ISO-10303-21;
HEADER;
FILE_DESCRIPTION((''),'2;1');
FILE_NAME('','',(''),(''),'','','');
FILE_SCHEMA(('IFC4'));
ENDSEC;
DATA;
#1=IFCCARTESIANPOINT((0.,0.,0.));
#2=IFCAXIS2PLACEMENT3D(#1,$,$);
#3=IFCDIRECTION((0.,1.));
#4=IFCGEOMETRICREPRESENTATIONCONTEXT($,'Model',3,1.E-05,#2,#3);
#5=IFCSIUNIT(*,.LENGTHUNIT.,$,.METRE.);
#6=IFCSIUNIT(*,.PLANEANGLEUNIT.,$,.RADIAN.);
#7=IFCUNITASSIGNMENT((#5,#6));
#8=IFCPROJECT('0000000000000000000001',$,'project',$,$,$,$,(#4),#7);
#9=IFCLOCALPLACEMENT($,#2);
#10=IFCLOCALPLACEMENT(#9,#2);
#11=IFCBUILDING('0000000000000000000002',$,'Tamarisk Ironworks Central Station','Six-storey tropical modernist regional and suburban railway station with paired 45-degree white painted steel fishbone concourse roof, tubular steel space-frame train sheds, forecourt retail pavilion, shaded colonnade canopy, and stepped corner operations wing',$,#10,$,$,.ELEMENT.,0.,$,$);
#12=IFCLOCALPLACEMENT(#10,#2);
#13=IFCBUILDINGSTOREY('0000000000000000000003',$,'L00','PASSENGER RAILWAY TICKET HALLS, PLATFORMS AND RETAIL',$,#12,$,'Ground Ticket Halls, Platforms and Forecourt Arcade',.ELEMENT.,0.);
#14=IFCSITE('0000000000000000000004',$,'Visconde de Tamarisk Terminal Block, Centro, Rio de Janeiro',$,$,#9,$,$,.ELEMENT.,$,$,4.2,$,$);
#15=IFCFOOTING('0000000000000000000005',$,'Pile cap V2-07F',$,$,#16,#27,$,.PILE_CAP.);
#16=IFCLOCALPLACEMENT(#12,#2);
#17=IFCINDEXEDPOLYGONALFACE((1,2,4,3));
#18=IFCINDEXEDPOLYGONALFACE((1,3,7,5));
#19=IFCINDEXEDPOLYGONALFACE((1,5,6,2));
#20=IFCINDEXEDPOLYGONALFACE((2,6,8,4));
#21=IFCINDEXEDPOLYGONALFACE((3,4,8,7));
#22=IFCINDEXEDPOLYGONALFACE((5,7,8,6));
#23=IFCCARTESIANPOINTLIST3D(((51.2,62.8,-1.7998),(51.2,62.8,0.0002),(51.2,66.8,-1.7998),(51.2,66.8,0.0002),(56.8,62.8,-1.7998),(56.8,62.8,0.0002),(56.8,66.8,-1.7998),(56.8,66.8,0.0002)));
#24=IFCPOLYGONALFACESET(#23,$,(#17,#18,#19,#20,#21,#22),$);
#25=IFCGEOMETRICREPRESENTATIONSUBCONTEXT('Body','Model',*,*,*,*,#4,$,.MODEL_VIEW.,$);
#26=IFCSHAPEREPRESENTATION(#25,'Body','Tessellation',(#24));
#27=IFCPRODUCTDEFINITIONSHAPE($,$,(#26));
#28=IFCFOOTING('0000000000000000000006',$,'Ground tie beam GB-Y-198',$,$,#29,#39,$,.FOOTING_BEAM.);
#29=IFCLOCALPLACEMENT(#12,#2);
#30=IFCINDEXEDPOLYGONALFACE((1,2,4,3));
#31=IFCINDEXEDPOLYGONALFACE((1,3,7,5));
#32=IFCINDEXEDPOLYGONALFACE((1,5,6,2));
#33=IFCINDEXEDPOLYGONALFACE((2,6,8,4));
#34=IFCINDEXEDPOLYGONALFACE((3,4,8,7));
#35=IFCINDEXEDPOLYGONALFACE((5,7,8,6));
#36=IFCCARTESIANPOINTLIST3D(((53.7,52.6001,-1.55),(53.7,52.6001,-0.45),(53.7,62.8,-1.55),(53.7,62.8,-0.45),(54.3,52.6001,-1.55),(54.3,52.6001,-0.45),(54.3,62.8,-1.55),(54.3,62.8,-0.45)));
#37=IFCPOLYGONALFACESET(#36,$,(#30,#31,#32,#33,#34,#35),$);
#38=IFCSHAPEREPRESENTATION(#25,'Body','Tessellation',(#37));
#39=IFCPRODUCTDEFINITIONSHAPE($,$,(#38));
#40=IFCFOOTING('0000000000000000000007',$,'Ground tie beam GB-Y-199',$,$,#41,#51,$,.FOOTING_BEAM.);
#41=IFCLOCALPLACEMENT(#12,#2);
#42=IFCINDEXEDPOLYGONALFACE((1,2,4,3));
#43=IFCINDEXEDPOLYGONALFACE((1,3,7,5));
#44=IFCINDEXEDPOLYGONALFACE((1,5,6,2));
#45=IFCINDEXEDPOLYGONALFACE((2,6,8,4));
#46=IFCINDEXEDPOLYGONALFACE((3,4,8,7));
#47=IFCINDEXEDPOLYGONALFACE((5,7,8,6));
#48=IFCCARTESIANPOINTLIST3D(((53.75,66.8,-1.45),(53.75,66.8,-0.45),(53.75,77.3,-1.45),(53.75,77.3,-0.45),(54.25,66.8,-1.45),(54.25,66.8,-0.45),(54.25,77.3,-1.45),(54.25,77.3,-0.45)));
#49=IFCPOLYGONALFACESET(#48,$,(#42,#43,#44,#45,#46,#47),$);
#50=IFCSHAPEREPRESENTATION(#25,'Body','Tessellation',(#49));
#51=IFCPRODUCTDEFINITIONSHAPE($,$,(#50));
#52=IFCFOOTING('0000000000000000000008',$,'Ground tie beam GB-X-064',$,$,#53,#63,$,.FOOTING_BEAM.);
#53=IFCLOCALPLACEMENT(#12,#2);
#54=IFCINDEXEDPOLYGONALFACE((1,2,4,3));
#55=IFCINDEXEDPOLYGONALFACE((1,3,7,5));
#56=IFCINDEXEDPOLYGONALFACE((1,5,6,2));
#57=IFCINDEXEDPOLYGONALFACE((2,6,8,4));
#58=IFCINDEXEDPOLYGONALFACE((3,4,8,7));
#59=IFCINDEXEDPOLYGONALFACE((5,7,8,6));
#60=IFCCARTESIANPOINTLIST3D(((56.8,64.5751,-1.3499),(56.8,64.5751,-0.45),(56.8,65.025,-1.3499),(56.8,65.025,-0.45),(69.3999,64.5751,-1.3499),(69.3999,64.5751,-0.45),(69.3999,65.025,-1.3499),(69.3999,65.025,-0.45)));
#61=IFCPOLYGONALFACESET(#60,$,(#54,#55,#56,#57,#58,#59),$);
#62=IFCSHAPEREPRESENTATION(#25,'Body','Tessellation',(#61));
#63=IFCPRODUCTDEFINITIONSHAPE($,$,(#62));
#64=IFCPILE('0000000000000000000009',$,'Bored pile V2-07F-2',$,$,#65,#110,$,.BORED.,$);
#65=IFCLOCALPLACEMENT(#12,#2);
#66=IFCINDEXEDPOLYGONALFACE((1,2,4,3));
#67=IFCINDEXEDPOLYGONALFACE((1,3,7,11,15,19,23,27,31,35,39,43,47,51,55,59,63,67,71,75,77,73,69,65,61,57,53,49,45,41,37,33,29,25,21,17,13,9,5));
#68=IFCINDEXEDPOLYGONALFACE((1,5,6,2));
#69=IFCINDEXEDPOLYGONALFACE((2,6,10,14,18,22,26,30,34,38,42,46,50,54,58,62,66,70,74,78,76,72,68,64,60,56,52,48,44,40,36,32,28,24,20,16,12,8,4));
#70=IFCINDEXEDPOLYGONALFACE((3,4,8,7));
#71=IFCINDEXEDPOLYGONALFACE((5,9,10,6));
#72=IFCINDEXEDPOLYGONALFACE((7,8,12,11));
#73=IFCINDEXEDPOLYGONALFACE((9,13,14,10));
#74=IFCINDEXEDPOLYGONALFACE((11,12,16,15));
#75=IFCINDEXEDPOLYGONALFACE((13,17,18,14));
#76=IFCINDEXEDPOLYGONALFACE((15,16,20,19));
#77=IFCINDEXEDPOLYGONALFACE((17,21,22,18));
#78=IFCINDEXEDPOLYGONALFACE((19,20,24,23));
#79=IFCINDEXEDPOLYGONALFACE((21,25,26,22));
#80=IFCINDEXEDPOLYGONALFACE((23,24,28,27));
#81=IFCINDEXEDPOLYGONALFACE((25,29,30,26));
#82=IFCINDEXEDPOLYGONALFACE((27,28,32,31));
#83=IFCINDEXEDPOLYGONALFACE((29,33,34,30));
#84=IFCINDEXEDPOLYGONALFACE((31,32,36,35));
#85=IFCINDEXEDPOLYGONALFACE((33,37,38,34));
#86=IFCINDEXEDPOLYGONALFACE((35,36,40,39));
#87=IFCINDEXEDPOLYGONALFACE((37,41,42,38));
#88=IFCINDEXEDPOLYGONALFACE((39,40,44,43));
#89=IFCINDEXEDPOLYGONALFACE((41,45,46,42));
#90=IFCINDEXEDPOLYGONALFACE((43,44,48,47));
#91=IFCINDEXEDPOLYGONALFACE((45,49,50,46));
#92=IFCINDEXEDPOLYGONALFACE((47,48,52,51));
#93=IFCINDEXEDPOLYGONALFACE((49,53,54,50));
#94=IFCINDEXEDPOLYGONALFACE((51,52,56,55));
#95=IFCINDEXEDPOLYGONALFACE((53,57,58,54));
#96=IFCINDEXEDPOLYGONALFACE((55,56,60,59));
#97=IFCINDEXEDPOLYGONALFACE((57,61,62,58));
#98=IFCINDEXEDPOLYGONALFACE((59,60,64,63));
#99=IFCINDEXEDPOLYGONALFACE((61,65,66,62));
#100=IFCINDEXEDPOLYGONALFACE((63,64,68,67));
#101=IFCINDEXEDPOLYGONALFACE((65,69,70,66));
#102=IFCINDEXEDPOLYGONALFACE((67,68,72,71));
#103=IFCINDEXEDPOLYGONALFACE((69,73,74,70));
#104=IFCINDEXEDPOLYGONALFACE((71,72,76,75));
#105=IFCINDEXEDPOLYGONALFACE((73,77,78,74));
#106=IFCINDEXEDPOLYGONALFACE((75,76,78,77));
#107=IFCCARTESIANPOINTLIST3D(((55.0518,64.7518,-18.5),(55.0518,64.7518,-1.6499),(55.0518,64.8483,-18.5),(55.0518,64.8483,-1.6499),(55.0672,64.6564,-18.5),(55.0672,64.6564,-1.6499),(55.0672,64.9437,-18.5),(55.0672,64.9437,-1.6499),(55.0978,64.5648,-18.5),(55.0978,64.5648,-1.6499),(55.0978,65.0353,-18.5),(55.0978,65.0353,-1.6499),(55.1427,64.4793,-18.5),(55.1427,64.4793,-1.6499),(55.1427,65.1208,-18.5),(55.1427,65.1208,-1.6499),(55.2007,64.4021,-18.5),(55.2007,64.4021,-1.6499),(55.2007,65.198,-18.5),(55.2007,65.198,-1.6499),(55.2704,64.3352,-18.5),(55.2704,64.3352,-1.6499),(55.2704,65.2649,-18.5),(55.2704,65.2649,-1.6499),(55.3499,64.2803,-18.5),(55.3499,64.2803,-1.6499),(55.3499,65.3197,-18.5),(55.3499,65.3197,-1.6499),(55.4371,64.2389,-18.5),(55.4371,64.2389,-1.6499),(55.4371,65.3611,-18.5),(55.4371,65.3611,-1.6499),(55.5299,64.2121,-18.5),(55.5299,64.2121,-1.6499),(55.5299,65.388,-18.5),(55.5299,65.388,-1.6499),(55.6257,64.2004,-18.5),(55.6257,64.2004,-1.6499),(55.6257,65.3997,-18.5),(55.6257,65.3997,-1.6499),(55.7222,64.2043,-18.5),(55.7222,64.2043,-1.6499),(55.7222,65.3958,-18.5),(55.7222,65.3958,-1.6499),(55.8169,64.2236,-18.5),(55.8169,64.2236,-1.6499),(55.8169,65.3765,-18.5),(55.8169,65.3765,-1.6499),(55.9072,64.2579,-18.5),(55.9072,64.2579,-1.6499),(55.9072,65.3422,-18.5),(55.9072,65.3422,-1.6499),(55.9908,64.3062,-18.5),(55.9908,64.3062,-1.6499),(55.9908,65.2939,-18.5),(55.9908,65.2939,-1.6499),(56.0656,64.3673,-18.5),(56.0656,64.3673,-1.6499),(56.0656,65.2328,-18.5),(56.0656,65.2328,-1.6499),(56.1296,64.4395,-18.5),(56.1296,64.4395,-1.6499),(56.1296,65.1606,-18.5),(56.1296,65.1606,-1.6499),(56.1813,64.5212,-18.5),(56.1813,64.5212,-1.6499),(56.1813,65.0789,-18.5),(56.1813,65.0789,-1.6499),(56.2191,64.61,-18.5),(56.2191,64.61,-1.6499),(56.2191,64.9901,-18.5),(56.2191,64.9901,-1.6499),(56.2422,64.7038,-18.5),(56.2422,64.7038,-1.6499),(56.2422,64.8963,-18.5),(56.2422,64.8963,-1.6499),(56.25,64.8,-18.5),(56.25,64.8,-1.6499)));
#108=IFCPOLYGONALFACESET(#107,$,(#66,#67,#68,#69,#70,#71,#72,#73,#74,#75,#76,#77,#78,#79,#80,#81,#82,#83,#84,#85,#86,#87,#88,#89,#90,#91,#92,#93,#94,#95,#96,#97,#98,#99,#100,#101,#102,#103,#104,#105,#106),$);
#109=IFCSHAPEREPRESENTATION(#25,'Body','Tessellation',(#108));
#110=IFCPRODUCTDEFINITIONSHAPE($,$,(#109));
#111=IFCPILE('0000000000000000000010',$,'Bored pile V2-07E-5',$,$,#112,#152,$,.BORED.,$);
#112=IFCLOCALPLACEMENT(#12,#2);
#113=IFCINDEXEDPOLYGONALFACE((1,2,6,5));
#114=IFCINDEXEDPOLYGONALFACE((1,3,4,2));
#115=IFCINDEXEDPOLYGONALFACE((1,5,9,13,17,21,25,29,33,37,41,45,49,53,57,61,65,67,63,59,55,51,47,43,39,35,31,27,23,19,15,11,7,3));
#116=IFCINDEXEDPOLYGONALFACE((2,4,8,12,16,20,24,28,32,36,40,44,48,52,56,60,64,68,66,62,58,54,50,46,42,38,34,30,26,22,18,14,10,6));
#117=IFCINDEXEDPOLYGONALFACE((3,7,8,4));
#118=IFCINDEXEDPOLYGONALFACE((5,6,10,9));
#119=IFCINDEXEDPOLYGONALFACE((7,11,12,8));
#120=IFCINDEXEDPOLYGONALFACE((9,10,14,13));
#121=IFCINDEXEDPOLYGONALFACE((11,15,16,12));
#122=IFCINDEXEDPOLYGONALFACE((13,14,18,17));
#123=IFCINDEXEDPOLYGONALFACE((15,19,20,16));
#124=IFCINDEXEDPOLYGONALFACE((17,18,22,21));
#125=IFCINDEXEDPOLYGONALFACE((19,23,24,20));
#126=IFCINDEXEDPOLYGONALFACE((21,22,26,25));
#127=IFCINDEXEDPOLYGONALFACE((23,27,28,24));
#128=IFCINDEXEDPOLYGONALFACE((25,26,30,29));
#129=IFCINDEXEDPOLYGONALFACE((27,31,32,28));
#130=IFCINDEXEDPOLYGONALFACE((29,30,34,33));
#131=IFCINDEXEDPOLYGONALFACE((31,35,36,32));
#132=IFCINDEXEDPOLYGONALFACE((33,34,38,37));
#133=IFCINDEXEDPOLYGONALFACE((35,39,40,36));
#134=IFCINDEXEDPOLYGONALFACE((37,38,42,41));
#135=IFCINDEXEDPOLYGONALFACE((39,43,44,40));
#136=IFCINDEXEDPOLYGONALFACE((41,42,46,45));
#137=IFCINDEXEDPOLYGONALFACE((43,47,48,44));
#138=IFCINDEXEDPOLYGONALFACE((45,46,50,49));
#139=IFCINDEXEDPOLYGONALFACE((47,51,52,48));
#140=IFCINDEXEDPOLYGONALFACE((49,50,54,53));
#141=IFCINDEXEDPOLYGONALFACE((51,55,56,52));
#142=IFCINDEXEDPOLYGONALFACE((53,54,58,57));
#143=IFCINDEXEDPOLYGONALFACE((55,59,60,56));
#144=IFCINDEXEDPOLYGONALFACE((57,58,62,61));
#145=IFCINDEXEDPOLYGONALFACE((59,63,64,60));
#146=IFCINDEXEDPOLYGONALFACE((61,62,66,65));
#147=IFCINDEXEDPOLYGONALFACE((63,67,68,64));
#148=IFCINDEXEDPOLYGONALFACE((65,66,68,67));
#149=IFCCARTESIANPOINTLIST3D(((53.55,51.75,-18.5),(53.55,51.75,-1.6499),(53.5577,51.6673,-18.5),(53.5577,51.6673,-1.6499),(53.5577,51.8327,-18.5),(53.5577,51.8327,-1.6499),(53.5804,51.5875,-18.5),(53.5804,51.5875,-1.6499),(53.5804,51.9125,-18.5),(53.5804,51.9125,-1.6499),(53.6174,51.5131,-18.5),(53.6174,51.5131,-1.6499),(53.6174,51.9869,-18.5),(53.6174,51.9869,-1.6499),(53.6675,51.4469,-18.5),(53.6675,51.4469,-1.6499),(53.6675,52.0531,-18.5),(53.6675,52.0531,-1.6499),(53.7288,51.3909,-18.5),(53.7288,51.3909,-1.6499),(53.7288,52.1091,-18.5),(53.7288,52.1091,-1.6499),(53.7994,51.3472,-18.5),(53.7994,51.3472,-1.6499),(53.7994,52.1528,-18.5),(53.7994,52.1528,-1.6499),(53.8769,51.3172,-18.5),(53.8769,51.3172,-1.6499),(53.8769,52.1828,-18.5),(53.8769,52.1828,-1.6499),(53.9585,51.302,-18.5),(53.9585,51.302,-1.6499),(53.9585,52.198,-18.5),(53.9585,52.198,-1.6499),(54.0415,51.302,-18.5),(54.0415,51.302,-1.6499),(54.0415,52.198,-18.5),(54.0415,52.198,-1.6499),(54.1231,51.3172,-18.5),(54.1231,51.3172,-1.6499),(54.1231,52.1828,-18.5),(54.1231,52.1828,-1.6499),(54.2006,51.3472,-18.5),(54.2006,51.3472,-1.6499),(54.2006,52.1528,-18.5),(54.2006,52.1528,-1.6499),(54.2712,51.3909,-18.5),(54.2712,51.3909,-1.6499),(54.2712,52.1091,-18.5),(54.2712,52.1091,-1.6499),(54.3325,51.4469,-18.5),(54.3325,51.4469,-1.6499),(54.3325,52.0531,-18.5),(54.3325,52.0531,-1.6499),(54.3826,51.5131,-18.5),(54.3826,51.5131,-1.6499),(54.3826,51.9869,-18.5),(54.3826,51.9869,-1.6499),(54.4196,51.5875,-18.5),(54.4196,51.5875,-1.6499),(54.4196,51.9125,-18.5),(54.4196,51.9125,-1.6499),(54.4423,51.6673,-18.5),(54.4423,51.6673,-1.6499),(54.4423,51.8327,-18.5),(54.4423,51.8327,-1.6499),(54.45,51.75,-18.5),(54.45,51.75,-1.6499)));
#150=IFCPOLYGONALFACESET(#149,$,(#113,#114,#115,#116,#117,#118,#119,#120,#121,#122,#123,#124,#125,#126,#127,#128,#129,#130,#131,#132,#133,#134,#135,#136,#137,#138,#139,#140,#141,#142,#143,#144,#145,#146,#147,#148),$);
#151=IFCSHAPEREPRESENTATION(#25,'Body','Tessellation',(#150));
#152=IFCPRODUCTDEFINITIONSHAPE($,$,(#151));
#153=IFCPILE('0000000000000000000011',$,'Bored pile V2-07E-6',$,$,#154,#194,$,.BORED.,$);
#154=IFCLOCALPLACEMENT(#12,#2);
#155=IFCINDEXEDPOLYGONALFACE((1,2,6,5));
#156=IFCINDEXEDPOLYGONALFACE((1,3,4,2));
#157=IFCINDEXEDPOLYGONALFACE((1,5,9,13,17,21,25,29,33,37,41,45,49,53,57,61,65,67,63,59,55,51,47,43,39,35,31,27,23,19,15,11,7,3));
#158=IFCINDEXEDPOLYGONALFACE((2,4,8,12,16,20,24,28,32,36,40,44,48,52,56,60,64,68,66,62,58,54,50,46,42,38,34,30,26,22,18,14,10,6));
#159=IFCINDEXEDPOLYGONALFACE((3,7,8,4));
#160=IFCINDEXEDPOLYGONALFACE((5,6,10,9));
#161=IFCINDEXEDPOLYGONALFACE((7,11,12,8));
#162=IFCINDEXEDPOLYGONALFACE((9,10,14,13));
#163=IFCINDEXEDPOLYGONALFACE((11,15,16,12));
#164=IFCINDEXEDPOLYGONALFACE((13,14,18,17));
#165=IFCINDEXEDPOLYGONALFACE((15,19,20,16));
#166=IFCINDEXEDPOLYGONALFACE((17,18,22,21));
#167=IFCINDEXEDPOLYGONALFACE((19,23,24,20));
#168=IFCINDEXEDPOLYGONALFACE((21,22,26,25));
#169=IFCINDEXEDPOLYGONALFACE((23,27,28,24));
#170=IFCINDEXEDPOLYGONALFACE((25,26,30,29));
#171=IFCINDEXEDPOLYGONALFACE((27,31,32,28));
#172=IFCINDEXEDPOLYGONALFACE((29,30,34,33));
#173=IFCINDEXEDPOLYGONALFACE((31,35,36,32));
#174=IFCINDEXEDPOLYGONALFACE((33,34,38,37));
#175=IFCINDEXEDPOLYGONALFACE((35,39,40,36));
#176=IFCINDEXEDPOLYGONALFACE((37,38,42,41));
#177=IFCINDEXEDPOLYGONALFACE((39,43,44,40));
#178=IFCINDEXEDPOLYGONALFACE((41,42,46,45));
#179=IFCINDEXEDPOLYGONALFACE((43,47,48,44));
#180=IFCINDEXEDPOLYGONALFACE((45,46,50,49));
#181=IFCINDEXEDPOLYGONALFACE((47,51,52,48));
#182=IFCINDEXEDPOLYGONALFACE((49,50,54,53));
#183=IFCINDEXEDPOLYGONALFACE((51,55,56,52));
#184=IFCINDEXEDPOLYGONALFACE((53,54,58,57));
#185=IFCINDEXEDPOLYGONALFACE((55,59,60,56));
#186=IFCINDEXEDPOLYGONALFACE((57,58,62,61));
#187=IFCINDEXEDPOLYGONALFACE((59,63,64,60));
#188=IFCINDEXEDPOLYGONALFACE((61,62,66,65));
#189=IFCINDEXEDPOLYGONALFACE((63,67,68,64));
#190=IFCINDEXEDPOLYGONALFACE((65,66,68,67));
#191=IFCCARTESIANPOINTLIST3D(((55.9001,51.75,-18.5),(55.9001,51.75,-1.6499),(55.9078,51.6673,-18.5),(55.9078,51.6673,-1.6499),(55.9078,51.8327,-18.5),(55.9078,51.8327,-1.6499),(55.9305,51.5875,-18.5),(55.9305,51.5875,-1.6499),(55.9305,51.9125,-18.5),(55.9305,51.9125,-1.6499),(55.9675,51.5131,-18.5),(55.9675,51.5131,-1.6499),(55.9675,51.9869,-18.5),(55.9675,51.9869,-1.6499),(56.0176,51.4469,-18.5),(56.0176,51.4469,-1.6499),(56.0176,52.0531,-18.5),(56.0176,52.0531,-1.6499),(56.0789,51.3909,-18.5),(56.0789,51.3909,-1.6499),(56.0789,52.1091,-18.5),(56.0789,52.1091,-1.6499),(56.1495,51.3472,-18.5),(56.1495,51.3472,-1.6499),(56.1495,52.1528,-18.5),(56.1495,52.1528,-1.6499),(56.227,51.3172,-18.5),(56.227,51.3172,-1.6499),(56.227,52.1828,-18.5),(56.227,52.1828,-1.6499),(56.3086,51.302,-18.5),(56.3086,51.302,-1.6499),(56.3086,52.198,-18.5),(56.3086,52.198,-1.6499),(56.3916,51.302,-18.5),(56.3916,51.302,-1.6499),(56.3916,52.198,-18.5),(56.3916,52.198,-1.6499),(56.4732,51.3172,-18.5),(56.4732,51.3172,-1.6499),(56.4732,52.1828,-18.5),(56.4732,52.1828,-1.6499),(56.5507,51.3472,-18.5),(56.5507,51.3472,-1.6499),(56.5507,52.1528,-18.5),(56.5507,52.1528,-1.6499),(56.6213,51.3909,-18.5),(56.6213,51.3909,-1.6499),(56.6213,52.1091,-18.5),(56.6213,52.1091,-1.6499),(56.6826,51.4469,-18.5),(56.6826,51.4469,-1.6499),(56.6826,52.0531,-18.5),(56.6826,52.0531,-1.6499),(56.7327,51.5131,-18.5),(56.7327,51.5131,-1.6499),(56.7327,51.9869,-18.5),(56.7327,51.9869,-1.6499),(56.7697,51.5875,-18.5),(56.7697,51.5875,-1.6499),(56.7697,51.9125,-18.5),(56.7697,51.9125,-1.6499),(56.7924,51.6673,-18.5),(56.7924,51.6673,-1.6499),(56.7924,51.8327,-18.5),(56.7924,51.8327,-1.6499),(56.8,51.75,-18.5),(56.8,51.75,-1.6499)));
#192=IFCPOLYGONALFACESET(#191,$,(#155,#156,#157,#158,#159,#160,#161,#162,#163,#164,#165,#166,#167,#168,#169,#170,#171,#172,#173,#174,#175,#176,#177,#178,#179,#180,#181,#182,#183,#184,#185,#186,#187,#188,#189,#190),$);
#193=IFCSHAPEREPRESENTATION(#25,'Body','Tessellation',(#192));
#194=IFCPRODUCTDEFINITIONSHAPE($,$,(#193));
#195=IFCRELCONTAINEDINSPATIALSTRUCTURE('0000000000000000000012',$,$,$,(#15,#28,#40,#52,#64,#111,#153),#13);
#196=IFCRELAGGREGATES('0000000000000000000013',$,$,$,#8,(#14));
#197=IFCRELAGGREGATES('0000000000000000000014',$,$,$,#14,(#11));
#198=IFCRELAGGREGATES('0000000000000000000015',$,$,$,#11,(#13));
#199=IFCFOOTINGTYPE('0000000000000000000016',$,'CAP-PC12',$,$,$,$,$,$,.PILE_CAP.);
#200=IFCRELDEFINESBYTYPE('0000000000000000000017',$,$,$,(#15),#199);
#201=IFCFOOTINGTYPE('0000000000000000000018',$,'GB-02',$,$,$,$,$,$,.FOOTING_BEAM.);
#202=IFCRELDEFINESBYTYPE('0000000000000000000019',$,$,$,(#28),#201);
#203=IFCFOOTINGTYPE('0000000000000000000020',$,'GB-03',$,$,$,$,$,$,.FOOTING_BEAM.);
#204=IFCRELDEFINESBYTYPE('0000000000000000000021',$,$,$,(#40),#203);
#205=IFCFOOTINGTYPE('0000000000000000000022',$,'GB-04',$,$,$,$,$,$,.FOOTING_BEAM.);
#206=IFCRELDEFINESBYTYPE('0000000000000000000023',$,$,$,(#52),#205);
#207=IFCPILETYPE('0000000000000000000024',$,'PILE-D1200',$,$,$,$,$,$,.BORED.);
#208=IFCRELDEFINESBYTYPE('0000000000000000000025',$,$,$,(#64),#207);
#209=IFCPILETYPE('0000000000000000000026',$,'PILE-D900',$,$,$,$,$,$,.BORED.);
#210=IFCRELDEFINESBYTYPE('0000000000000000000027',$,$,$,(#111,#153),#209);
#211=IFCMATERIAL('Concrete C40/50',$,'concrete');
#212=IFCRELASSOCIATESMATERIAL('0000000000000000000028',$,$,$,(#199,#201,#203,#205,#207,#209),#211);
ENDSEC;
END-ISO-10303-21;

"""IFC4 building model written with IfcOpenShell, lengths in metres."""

from ifc_helpers import new_model, si_unit, direction, frame, origin, origin_2d, place, context, subcontext, project, spatial, rectangle, circle, extrude, material, material_profile, profile_set, type_object, element, save


model = new_model("IFC4")

# Units and contexts
model_context = context("Model", 3, precision=1e-05, world=origin(), true_north=direction((0.0, 1.0)))
body_context = subcontext(model_context, "Body", "Model", "MODEL_VIEW")
ifc_project = project(units=[si_unit("LENGTHUNIT", "METRE"), si_unit("PLANEANGLEUNIT", "RADIAN")], contexts=[model_context])

# Site, building, storey
site_placement = place(None, origin())
site = spatial("IfcSite", under=ifc_project, at=site_placement, Name="Visconde de Tamarisk Terminal Block, Centro, Rio de Janeiro", CompositionType="ELEMENT", RefElevation=4.2)
building_placement = place(site_placement, origin())
building = spatial("IfcBuilding", under=site, at=building_placement, Name="Tamarisk Ironworks Central Station", Description="Six-storey tropical modernist regional and suburban railway station with paired 45-degree white painted steel fishbone concourse roof, tubular steel space-frame train sheds, forecourt retail pavilion, shaded colonnade canopy, and stepped corner operations wing", CompositionType="ELEMENT", ElevationOfRefHeight=0.0)
storey_placement = place(building_placement, origin())
storey = spatial("IfcBuildingStorey", under=building, at=storey_placement, Name="L00", Description="PASSENGER RAILWAY TICKET HALLS, PLATFORMS AND RETAIL", LongName="Ground Ticket Halls, Platforms and Forecourt Arcade", CompositionType="ELEMENT", Elevation=0.0)

# Footings
ifc_material_1 = material(Name="Concrete C40/50", Category="concrete")
footing_type_1 = type_object("IfcFootingType", Name="CAP-PC12", PredefinedType="PILE_CAP", material=ifc_material_1)
footing_1_placement = place(storey_placement, frame((54.0, 64.8, -1.7998), z_axis=(0.0, 0.0, 1.0), x_axis=(1.0, 0.0, 0.0)))
element("IfcFooting", 1, at=footing_1_placement, inside=storey, type_object=footing_type_1, Name="Pile cap V2-07F", PredefinedType="PILE_CAP", context=body_context, shape_type="SweptSolid", body=[
    extrude(rectangle(XDim=5.6001, YDim=4.0, at=origin_2d()), origin(), (0.0, 0.0, 1.0), 1.8),
])
ifc_material_profile_1 = material_profile(ifc_material_1, rectangle(XDim=0.6001, YDim=1.1001, at=origin_2d()), Name="GB02 600x1100")
ifc_profile_set_1 = profile_set([ifc_material_profile_1], Name="Concrete C40/50")
footing_type_2 = type_object("IfcFootingType", Name="GB-02", PredefinedType="FOOTING_BEAM", material=ifc_profile_set_1)
footing_2_placement = place(storey_placement, frame((54.0, 52.6001, -1.0), z_axis=(0.0, 1.0, 0.0), x_axis=(-1.0, 0.0, 0.0)))
element("IfcFooting", 2, at=footing_2_placement, inside=storey, type_object=footing_type_2, Name="Ground tie beam GB-Y-198", PredefinedType="FOOTING_BEAM", context=body_context, shape_type="SweptSolid", body=[
    extrude(rectangle(XDim=0.6001, YDim=1.1001, at=origin_2d()), origin(), (0.0, 0.0, 1.0), 10.2),
])
ifc_material_profile_2 = material_profile(ifc_material_1, rectangle(XDim=0.5, YDim=1.0, at=origin_2d()), Name="GB03 500x1000")
ifc_profile_set_2 = profile_set([ifc_material_profile_2], Name="Concrete C40/50")
footing_type_3 = type_object("IfcFootingType", Name="GB-03", PredefinedType="FOOTING_BEAM", material=ifc_profile_set_2)
footing_3_placement = place(storey_placement, frame((54.0, 66.8, -0.95), z_axis=(0.0, 1.0, 0.0), x_axis=(-1.0, 0.0, 0.0)))
element("IfcFooting", 3, at=footing_3_placement, inside=storey, type_object=footing_type_3, Name="Ground tie beam GB-Y-199", PredefinedType="FOOTING_BEAM", context=body_context, shape_type="SweptSolid", body=[
    extrude(rectangle(XDim=0.5, YDim=1.0, at=origin_2d()), origin(), (0.0, 0.0, 1.0), 10.5),
])
ifc_material_profile_3 = material_profile(ifc_material_1, rectangle(XDim=0.45, YDim=0.8999, at=origin_2d()), Name="GB04 450x900")
ifc_profile_set_3 = profile_set([ifc_material_profile_3], Name="Concrete C40/50")
footing_type_4 = type_object("IfcFootingType", Name="GB-04", PredefinedType="FOOTING_BEAM", material=ifc_profile_set_3)
footing_4_placement = place(storey_placement, frame((56.8, 64.8, -0.8999), z_axis=(1.0, 0.0, 0.0), x_axis=(0.0, 1.0, 0.0)))
element("IfcFooting", 4, at=footing_4_placement, inside=storey, type_object=footing_type_4, Name="Ground tie beam GB-X-064", PredefinedType="FOOTING_BEAM", context=body_context, shape_type="SweptSolid", body=[
    extrude(rectangle(XDim=0.45, YDim=0.8999, at=origin_2d()), origin(), (0.0, 0.0, 1.0), 12.5999),
])

# Piles
ifc_material_profile_4 = material_profile(ifc_material_1, circle(Radius=0.6001, at=origin_2d()), Name="BORED PILE D1200")
ifc_profile_set_4 = profile_set([ifc_material_profile_4], Name="Concrete C40/50")
pile_type_1 = type_object("IfcPileType", Name="PILE-D1200", PredefinedType="BORED", material=ifc_profile_set_4)
pile_placement = place(storey_placement, frame((55.6499, 64.8, -1.6499), z_axis=(0.0, 0.0, -1.0), x_axis=(1.0, 0.0, 0.0)))
element("IfcPile", 5, at=pile_placement, inside=storey, type_object=pile_type_1, Name="Bored pile V2-07F-2", PredefinedType="BORED", context=body_context, shape_type="SweptSolid", body=[
    extrude(circle(Radius=0.6001, at=origin_2d()), origin(), (0.0, 0.0, 1.0), 16.8501),
])
ifc_material_profile_5 = material_profile(ifc_material_1, circle(Radius=0.45, at=origin_2d()), Name="BORED PILE D900")
ifc_profile_set_5 = profile_set([ifc_material_profile_5], Name="Concrete C40/50")
pile_type_2 = type_object("IfcPileType", Name="PILE-D900", PredefinedType="BORED", material=ifc_profile_set_5)
for number, where, z_axis, x_axis, name in (
    (6, (54.0, 51.75, -1.6499), (0.0, 0.0, -1.0), (1.0, 0.0, 0.0), "Bored pile V2-07E-5"),
    (7, (56.3501, 51.75, -1.6499), (0.0, 0.0, -1.0), (1.0, 0.0, 0.0), "Bored pile V2-07E-6"),
):
    element("IfcPile", number, at=place(storey_placement, frame(where, z_axis=z_axis, x_axis=x_axis)), inside=storey, type_object=pile_type_2, Name=name, PredefinedType="BORED", context=body_context, shape_type="SweptSolid", body=[
        extrude(circle(Radius=0.45, at=origin_2d()), origin(), (0.0, 0.0, 1.0), 16.8501),
    ])

save(model, "model.ifc")
